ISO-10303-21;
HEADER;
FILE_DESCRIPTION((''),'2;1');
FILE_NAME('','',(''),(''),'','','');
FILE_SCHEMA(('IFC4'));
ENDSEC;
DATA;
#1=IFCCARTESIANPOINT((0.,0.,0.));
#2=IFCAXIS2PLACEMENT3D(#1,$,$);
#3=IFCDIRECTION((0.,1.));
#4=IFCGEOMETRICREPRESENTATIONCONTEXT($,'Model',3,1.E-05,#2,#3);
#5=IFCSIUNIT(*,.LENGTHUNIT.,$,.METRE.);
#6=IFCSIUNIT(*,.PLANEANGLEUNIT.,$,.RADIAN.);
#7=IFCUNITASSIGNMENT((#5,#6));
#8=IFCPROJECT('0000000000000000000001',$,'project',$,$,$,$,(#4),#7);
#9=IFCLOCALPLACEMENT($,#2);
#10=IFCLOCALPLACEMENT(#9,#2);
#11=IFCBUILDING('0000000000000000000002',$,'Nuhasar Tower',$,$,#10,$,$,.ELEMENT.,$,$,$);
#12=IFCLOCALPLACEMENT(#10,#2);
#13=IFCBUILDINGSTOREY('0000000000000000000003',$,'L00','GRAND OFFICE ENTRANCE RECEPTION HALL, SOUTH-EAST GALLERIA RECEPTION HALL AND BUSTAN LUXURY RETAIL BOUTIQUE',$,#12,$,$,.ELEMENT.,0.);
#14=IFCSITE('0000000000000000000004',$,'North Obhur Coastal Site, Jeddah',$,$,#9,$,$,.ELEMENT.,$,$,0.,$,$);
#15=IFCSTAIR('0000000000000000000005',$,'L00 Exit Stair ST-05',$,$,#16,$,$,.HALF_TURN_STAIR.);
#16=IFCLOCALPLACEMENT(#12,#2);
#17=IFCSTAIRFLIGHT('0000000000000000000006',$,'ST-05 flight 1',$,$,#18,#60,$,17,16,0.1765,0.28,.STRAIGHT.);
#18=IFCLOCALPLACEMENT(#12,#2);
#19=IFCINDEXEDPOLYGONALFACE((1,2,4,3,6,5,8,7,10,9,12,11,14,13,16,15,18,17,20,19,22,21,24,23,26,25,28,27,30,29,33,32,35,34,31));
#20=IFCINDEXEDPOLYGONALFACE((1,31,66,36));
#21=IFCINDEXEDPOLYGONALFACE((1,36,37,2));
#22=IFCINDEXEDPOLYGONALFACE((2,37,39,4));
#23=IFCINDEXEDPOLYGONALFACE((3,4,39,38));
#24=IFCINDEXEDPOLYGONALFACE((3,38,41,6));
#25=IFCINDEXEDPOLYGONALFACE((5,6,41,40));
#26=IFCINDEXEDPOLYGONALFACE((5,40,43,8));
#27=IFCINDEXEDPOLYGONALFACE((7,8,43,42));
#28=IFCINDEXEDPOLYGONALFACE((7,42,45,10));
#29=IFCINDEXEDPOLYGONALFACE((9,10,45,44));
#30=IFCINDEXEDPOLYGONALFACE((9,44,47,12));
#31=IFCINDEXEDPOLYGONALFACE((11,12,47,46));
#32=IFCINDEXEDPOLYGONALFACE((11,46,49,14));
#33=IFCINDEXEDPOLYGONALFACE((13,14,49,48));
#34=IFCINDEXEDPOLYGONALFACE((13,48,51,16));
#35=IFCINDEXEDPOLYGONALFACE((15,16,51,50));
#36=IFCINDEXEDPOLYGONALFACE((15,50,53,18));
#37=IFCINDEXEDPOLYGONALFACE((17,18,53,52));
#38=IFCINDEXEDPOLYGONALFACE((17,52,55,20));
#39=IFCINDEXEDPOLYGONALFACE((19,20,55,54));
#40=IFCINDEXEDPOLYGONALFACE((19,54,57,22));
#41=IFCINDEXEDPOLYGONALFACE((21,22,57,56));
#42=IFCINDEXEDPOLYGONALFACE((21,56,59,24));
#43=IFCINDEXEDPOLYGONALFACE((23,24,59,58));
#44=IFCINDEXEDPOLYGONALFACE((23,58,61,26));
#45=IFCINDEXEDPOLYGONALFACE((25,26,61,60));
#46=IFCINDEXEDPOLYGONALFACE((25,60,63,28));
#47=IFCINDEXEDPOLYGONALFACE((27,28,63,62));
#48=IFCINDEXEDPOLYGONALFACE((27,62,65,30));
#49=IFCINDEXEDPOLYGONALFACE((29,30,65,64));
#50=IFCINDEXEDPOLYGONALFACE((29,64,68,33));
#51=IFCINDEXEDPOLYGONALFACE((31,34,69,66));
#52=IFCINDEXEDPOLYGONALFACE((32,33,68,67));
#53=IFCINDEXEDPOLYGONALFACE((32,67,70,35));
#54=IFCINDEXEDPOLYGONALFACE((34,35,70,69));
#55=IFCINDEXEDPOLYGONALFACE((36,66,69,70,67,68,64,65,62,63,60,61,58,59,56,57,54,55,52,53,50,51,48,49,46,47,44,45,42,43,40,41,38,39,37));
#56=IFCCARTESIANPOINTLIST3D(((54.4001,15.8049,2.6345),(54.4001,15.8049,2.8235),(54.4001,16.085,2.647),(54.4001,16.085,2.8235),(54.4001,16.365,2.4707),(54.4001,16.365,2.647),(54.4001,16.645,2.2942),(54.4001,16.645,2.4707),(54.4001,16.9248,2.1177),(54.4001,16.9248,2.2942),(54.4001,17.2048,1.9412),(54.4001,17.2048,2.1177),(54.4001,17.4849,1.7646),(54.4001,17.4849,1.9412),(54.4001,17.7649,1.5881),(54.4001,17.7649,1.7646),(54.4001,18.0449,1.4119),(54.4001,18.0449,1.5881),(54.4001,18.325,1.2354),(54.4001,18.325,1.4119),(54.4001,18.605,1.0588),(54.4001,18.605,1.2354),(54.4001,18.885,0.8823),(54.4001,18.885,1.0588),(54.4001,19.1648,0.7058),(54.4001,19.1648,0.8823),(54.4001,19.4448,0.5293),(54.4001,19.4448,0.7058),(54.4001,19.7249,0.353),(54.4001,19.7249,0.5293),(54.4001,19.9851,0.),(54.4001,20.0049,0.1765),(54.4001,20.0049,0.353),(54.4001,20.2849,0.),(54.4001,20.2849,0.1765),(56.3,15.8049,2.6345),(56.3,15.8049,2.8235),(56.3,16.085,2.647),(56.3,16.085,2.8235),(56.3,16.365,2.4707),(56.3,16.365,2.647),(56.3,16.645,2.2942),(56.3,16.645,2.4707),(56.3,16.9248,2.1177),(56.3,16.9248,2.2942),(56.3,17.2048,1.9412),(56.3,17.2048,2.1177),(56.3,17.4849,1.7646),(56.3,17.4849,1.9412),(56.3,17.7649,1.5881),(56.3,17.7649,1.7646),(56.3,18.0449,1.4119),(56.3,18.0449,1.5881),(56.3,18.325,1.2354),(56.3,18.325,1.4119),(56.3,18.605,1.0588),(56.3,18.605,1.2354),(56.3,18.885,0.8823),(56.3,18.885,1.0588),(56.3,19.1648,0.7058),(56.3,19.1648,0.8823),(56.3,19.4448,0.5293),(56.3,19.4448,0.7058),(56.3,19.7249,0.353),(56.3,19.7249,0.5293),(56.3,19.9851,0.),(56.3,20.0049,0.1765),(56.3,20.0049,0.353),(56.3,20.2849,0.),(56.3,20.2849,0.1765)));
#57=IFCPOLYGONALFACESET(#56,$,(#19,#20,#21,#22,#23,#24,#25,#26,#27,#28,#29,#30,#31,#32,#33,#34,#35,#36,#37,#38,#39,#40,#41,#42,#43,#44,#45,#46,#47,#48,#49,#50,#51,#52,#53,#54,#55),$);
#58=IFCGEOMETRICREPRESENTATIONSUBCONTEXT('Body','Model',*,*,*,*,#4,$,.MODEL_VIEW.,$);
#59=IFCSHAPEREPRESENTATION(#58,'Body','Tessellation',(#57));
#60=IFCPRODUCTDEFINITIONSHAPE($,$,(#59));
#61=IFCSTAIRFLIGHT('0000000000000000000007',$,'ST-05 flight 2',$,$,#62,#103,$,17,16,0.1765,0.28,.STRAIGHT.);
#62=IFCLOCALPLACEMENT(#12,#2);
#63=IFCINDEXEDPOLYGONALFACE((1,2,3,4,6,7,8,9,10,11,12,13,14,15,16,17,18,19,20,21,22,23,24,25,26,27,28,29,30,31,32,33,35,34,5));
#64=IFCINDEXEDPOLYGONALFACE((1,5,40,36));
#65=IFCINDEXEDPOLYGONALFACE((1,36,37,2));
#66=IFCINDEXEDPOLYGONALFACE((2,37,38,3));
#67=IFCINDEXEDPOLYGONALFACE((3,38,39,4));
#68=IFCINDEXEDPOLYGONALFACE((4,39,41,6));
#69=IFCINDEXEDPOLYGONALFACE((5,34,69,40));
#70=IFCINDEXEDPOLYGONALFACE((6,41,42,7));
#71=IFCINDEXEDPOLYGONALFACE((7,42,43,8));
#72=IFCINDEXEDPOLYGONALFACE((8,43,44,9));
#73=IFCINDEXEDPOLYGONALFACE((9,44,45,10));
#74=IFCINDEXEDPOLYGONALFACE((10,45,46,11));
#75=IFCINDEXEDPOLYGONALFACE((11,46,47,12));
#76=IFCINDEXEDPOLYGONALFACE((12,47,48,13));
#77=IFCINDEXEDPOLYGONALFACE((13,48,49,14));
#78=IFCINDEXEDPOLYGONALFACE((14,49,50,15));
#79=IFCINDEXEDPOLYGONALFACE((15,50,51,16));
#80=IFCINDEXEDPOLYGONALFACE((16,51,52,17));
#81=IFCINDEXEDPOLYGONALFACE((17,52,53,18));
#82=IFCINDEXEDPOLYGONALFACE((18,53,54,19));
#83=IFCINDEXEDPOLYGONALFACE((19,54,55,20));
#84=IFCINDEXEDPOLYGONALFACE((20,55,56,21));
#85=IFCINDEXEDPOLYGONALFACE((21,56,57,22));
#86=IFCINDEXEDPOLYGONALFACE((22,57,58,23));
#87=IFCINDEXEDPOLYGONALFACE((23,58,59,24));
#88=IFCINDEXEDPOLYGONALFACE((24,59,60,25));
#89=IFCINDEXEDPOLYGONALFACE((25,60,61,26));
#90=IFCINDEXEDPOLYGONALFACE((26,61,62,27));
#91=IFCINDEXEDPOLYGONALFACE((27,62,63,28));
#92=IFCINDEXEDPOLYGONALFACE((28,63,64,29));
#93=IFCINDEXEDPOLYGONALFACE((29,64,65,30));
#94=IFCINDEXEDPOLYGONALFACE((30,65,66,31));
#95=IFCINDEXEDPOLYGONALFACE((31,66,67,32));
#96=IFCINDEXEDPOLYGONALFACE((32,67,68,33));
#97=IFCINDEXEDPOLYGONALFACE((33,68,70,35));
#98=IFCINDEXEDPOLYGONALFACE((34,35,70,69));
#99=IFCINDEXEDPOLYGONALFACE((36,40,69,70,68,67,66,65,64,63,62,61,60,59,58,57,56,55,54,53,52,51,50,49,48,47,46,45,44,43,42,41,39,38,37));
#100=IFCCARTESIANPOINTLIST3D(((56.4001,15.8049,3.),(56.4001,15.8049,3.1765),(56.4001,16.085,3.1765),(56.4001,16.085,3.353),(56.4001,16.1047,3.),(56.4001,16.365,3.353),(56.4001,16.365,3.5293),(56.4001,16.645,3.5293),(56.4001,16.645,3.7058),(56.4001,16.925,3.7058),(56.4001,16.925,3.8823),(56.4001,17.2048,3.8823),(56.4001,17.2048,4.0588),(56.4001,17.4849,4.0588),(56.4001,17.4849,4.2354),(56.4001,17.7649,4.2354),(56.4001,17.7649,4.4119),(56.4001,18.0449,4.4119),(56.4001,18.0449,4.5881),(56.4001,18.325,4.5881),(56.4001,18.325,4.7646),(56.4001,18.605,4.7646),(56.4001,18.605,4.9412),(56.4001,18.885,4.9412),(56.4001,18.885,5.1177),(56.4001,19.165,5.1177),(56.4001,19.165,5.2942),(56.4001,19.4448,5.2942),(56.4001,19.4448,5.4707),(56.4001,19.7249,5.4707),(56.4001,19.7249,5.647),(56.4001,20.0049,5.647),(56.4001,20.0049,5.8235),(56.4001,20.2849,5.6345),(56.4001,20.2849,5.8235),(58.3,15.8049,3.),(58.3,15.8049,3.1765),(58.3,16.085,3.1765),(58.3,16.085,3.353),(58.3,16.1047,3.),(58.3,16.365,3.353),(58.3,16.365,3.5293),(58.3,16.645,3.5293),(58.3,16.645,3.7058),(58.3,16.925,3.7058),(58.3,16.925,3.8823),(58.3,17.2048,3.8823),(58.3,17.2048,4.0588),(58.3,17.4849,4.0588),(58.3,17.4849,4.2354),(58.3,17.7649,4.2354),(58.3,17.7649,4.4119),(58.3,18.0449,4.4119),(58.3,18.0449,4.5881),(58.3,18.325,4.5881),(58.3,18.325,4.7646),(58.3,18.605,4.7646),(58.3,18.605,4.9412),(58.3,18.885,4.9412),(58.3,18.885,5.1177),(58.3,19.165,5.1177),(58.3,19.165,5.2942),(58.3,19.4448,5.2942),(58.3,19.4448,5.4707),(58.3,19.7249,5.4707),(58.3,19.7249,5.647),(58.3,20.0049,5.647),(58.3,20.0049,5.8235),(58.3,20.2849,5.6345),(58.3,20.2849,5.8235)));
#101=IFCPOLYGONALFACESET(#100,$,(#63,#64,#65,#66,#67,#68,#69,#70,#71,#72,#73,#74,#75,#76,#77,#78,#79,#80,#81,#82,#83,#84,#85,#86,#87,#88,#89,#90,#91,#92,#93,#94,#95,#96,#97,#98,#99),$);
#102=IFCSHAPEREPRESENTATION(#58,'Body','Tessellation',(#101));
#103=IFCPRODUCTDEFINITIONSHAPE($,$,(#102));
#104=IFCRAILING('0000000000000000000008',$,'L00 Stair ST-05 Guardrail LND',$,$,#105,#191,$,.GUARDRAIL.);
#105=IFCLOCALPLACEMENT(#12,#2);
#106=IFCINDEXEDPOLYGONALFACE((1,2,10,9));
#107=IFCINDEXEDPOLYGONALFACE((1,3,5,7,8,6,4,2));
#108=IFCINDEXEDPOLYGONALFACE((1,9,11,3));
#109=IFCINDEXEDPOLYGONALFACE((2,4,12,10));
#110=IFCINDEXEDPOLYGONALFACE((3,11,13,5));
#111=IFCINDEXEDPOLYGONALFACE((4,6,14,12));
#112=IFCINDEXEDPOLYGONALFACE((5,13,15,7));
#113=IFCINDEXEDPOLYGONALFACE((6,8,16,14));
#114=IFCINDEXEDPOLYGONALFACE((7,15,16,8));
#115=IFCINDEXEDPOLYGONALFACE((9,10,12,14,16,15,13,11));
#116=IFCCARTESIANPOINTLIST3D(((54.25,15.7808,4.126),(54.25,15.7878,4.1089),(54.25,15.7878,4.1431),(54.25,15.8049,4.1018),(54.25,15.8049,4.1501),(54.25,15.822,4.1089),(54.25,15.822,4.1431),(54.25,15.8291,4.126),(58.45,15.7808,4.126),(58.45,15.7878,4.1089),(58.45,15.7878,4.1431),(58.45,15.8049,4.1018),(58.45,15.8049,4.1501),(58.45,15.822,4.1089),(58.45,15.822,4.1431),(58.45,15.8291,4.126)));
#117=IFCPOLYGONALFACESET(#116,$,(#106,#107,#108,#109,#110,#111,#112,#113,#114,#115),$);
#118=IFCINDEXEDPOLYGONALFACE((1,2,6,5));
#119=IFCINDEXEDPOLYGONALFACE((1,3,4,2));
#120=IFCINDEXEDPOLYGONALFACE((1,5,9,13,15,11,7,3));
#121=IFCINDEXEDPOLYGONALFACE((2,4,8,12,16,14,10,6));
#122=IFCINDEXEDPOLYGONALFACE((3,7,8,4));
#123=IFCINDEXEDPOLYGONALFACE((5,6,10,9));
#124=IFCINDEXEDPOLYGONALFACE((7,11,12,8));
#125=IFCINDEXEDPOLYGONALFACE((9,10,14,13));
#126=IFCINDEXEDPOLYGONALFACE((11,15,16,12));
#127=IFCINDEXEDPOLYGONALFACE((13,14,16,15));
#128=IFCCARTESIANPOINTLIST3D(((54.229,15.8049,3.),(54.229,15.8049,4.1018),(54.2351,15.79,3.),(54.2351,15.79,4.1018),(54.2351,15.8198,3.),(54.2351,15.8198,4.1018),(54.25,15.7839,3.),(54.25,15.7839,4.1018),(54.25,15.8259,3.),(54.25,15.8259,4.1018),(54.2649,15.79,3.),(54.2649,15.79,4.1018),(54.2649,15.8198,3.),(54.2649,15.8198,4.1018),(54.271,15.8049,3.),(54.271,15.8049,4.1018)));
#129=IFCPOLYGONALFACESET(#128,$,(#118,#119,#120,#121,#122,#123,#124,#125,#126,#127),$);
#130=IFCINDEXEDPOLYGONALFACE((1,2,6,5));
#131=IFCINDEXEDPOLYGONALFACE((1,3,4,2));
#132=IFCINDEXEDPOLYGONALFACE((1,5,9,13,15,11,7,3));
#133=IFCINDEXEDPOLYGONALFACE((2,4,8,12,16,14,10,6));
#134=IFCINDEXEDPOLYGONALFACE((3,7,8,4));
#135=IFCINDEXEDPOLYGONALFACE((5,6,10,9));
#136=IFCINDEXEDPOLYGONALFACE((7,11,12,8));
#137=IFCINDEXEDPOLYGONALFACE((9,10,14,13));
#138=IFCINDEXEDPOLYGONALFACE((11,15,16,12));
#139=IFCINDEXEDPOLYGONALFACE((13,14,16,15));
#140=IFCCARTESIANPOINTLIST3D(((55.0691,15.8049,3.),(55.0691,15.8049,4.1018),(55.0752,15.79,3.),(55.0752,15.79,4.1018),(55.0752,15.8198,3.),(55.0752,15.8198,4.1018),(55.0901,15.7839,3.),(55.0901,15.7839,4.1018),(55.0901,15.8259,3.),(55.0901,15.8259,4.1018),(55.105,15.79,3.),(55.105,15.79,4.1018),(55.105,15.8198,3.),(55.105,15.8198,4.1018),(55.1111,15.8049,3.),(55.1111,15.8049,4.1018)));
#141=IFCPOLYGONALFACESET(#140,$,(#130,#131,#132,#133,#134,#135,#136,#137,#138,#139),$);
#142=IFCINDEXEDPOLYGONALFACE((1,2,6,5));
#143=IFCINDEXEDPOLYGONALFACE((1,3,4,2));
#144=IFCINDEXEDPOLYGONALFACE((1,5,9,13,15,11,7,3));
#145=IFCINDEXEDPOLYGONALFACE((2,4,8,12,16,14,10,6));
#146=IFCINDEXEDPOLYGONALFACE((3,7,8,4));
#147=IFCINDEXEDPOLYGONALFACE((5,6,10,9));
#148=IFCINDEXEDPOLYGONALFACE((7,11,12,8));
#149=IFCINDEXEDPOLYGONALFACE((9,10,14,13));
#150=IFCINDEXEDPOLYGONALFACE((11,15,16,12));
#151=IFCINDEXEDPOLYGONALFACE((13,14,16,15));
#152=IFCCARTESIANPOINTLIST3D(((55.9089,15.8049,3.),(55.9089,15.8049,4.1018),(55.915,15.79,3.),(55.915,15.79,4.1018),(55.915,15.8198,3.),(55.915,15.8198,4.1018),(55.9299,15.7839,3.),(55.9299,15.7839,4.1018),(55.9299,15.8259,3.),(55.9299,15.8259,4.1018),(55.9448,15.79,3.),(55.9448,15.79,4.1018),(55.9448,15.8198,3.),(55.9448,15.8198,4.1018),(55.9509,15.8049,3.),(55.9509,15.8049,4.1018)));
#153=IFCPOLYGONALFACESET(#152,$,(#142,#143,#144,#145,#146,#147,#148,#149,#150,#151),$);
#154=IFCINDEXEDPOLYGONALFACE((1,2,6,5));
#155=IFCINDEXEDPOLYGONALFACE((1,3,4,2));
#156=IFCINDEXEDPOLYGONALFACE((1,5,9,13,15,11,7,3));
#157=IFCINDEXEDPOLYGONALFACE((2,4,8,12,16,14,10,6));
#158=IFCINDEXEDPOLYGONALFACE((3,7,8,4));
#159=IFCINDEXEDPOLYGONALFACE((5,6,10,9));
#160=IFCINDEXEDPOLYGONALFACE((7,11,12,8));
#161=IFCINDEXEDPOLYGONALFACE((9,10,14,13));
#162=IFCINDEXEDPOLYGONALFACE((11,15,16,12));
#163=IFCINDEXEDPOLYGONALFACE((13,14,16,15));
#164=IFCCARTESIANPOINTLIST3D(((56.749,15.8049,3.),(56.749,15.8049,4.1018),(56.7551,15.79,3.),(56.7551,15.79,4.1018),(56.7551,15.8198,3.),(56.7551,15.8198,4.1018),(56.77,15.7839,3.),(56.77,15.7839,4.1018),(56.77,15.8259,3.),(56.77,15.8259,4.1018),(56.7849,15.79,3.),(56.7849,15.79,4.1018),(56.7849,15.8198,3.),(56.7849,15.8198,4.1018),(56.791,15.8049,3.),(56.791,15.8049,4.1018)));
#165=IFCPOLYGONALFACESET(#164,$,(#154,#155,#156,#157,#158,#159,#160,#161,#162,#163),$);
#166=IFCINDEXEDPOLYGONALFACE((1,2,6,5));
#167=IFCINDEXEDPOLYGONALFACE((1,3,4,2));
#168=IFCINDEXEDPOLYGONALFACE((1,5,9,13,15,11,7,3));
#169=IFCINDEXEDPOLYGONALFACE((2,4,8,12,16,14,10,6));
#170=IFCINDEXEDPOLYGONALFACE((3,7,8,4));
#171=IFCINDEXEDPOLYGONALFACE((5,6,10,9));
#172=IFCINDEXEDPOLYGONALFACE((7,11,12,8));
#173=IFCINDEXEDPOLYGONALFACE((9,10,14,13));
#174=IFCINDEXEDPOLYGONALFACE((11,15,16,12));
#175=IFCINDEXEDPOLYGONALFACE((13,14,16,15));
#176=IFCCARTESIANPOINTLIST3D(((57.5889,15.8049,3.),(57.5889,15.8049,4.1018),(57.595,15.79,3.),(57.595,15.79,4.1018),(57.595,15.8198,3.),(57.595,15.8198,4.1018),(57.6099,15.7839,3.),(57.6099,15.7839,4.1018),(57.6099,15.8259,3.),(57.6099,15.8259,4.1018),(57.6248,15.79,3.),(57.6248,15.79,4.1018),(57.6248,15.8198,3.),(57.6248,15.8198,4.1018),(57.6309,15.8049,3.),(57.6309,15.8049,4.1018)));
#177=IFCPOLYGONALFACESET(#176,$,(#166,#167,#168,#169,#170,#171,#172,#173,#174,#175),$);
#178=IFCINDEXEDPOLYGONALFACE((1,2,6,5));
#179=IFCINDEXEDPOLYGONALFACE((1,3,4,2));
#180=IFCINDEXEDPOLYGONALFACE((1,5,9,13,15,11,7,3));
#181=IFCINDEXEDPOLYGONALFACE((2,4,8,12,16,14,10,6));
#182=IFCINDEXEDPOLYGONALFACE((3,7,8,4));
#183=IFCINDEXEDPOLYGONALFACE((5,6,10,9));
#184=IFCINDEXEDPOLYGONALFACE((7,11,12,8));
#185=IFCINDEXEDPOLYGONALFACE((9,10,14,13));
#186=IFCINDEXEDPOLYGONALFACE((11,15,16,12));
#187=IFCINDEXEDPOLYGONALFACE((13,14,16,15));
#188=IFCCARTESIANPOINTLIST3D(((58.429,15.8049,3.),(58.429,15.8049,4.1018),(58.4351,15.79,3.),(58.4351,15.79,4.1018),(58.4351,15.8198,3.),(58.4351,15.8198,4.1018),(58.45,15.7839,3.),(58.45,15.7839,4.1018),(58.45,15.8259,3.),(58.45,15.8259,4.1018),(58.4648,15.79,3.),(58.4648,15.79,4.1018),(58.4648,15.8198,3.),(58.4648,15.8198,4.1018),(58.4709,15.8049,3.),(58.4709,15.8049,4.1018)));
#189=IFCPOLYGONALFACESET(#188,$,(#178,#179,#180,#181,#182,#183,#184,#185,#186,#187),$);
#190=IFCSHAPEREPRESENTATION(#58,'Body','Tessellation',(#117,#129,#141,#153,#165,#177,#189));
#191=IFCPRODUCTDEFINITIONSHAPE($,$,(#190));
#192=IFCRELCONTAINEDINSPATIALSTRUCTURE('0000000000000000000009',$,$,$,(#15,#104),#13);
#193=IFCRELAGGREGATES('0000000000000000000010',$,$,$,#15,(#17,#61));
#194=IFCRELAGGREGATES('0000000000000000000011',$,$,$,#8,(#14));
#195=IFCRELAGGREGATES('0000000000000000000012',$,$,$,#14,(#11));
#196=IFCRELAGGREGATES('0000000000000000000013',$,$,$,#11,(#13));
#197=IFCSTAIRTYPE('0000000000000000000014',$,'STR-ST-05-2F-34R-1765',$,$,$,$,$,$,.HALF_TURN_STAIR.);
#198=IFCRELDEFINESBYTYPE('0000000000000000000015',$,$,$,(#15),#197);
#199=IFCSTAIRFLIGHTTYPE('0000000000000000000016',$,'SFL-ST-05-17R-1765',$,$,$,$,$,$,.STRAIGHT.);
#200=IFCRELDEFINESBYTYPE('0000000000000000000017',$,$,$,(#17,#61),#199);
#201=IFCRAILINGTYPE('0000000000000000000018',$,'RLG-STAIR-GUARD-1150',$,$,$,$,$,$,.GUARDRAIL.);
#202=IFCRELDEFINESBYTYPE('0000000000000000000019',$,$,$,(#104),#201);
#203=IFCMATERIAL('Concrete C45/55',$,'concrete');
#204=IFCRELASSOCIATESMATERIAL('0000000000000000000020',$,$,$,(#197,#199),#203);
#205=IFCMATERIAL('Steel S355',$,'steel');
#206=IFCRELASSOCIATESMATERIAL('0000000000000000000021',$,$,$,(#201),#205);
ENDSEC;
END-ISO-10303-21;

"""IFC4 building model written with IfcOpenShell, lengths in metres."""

from ifc_helpers import new_model, si_unit, direction, frame, origin, place, context, subcontext, project, spatial, polyline, outline, extrude, material, type_object, element, aggregate, save


model = new_model("IFC4")

# Units and contexts
model_context = context("Model", 3, precision=1e-05, world=origin(), true_north=direction((0.0, 1.0)))
body_context = subcontext(model_context, "Body", "Model", "MODEL_VIEW")
ifc_project = project(units=[si_unit("LENGTHUNIT", "METRE"), si_unit("PLANEANGLEUNIT", "RADIAN")], contexts=[model_context])

# Site, building, storey
site_placement = place(None, origin())
site = spatial("IfcSite", under=ifc_project, at=site_placement, Name="North Obhur Coastal Site, Jeddah", CompositionType="ELEMENT", RefElevation=0.0)
building_placement = place(site_placement, origin())
building = spatial("IfcBuilding", under=site, at=building_placement, Name="Nuhasar Tower", CompositionType="ELEMENT")
storey_placement = place(building_placement, origin())
storey = spatial("IfcBuildingStorey", under=building, at=storey_placement, Name="L00", Description="GRAND OFFICE ENTRANCE RECEPTION HALL, SOUTH-EAST GALLERIA RECEPTION HALL AND BUSTAN LUXURY RETAIL BOUTIQUE", CompositionType="ELEMENT", Elevation=0.0)

# Shared definitions
ifc_material_1 = material(Name="Steel S355", Category="steel")

# Stair, stair flights
ifc_material_2 = material(Name="Concrete C45/55", Category="concrete")
stair_type = type_object("IfcStairType", Name="STR-ST-05-2F-34R-1765", PredefinedType="HALF_TURN_STAIR", material=ifc_material_2)
stair_placement = place(storey_placement, origin())
stair = element("IfcStair", 1, at=stair_placement, inside=storey, type_object=stair_type, Name="L00 Exit Stair ST-05", PredefinedType="HALF_TURN_STAIR")
stair_flight_type = type_object("IfcStairFlightType", Name="SFL-ST-05-17R-1765", PredefinedType="STRAIGHT", material=ifc_material_2)
stair_flight_1_placement = place(storey_placement, frame((55.3501, 20.2849, 0.0), z_axis=(0.0, 0.0, 1.0), x_axis=(0.0, -1.0, 0.0)))
stair_flight_1 = element("IfcStairFlight", 2, at=stair_flight_1_placement, type_object=stair_flight_type, Name="ST-05 flight 1", NumberOfRisers=17, NumberOfTreads=16, PredefinedType="STRAIGHT", RiserHeight=0.1765, TreadLength=0.28, context=body_context, shape_type="SweptSolid", body=[
    extrude(outline(polyline([(0.0, 0.0), (0.0, 0.1765), (0.28, 0.1765), (0.28, 0.353), (0.5601, 0.353), (0.5601, 0.5293), (0.8401, 0.5293), (0.8401, 0.7058), (1.1201, 0.7058), (1.1201, 0.8823), (1.3999, 0.8823), (1.3999, 1.0588), (1.6799, 1.0588), (1.6799, 1.2354), (1.96, 1.2354), (1.96, 1.4119), (2.24, 1.4119), (2.24, 1.5881), (2.52, 1.5881), (2.52, 1.7646), (2.8, 1.7646), (2.8, 1.9412), (3.0801, 1.9412), (3.0801, 2.1177), (3.3601, 2.1177), (3.3601, 2.2942), (3.6399, 2.2942), (3.6399, 2.4707), (3.9199, 2.4707), (3.9199, 2.647), (4.2, 2.647), (4.2, 2.8235), (4.48, 2.8235), (4.48, 3.0), (4.48, 2.6345), (0.2998, 0.0), (0.0, 0.0)])), frame((0.0, 0.95, 0.0), z_axis=(0.0, -1.0, 0.0), x_axis=(1.0, 0.0, 0.0)), (0.0, 0.0, 1.0), 1.8999),
])
stair_flight_2_placement = place(storey_placement, frame((57.3501, 15.8049, 3.0), z_axis=(0.0, 0.0, 1.0), x_axis=(0.0, 1.0, 0.0)))
stair_flight_2 = element("IfcStairFlight", 3, at=stair_flight_2_placement, type_object=stair_flight_type, Name="ST-05 flight 2", NumberOfRisers=17, NumberOfTreads=16, PredefinedType="STRAIGHT", RiserHeight=0.1765, TreadLength=0.28, context=body_context, shape_type="SweptSolid", body=[
    extrude(outline(polyline([(0.0, 0.0), (0.0, 0.1765), (0.28, 0.1765), (0.28, 0.353), (0.5601, 0.353), (0.5601, 0.5293), (0.8401, 0.5293), (0.8401, 0.7058), (1.1201, 0.7058), (1.1201, 0.8823), (1.3999, 0.8823), (1.3999, 1.0588), (1.6799, 1.0588), (1.6799, 1.2354), (1.96, 1.2354), (1.96, 1.4119), (2.24, 1.4119), (2.24, 1.5881), (2.52, 1.5881), (2.52, 1.7646), (2.8, 1.7646), (2.8, 1.9412), (3.0801, 1.9412), (3.0801, 2.1177), (3.3601, 2.1177), (3.3601, 2.2942), (3.6399, 2.2942), (3.6399, 2.4707), (3.9199, 2.4707), (3.9199, 2.647), (4.2, 2.647), (4.2, 2.8235), (4.48, 2.8235), (4.48, 3.0), (4.48, 2.6345), (0.2998, 0.0), (0.0, 0.0)])), frame((0.0, 0.95, 0.0), z_axis=(0.0, -1.0, 0.0), x_axis=(1.0, 0.0, 0.0)), (0.0, 0.0, 1.0), 1.8999),
])
aggregate(stair, [stair_flight_1, stair_flight_2])

# Railing
railing_type_1 = type_object("IfcRailingType", Name="RLG-STAIR-GUARD-1150", PredefinedType="GUARDRAIL", material=ifc_material_1)
railing_1_placement = place(storey_placement, frame((54.25, 15.8049, 3.0)))
element("IfcRailing", 4, at=railing_1_placement, inside=storey, type_object=railing_type_1, Name="L00 Stair ST-05 Guardrail LND", PredefinedType="GUARDRAIL", context=body_context, shape_type="SweptSolid", body=[
    extrude(outline(polyline([(0.0242, 0.0), (0.0171, 0.0171), (0.0, 0.0242), (-0.0171, 0.0171), (-0.0242, 0.0), (-0.0171, -0.0171), (0.0, -0.0242), (0.0171, -0.0171), (0.0242, 0.0)])), frame((0.0, 0.0, 1.126), z_axis=(1.0, 0.0, 0.0), x_axis=(0.0, 1.0, 0.0)), (0.0, 0.0, 1.0), 4.2),
    extrude(outline(polyline([(0.021, 0.0), (0.0149, 0.0149), (0.0, 0.021), (-0.0149, 0.0149), (-0.021, 0.0), (-0.0149, -0.0149), (0.0, -0.021), (0.0149, -0.0149), (0.021, 0.0)])), origin(), (0.0, 0.0, 1.0), 1.1018),
    extrude(outline(polyline([(0.021, 0.0), (0.0149, 0.0149), (0.0, 0.021), (-0.0149, 0.0149), (-0.021, 0.0), (-0.0149, -0.0149), (0.0, -0.021), (0.0149, -0.0149), (0.021, 0.0)])), frame((0.8401, 0.0, 0.0)), (0.0, 0.0, 1.0), 1.1018),
    extrude(outline(polyline([(0.021, 0.0), (0.0149, 0.0149), (0.0, 0.021), (-0.0149, 0.0149), (-0.021, 0.0), (-0.0149, -0.0149), (0.0, -0.021), (0.0149, -0.0149), (0.021, 0.0)])), frame((1.6799, 0.0, 0.0)), (0.0, 0.0, 1.0), 1.1018),
    extrude(outline(polyline([(0.021, 0.0), (0.0149, 0.0149), (0.0, 0.021), (-0.0149, 0.0149), (-0.021, 0.0), (-0.0149, -0.0149), (0.0, -0.021), (0.0149, -0.0149), (0.021, 0.0)])), frame((2.52, 0.0, 0.0)), (0.0, 0.0, 1.0), 1.1018),
    extrude(outline(polyline([(0.021, 0.0), (0.0149, 0.0149), (0.0, 0.021), (-0.0149, 0.0149), (-0.021, 0.0), (-0.0149, -0.0149), (0.0, -0.021), (0.0149, -0.0149), (0.021, 0.0)])), frame((3.3599, 0.0, 0.0)), (0.0, 0.0, 1.0), 1.1018),
    extrude(outline(polyline([(0.021, 0.0), (0.0149, 0.0149), (0.0, 0.021), (-0.0149, 0.0149), (-0.021, 0.0), (-0.0149, -0.0149), (0.0, -0.021), (0.0149, -0.0149), (0.021, 0.0)])), frame((4.2, 0.0, 0.0)), (0.0, 0.0, 1.0), 1.1018),
])

save(model, "model.ifc")
